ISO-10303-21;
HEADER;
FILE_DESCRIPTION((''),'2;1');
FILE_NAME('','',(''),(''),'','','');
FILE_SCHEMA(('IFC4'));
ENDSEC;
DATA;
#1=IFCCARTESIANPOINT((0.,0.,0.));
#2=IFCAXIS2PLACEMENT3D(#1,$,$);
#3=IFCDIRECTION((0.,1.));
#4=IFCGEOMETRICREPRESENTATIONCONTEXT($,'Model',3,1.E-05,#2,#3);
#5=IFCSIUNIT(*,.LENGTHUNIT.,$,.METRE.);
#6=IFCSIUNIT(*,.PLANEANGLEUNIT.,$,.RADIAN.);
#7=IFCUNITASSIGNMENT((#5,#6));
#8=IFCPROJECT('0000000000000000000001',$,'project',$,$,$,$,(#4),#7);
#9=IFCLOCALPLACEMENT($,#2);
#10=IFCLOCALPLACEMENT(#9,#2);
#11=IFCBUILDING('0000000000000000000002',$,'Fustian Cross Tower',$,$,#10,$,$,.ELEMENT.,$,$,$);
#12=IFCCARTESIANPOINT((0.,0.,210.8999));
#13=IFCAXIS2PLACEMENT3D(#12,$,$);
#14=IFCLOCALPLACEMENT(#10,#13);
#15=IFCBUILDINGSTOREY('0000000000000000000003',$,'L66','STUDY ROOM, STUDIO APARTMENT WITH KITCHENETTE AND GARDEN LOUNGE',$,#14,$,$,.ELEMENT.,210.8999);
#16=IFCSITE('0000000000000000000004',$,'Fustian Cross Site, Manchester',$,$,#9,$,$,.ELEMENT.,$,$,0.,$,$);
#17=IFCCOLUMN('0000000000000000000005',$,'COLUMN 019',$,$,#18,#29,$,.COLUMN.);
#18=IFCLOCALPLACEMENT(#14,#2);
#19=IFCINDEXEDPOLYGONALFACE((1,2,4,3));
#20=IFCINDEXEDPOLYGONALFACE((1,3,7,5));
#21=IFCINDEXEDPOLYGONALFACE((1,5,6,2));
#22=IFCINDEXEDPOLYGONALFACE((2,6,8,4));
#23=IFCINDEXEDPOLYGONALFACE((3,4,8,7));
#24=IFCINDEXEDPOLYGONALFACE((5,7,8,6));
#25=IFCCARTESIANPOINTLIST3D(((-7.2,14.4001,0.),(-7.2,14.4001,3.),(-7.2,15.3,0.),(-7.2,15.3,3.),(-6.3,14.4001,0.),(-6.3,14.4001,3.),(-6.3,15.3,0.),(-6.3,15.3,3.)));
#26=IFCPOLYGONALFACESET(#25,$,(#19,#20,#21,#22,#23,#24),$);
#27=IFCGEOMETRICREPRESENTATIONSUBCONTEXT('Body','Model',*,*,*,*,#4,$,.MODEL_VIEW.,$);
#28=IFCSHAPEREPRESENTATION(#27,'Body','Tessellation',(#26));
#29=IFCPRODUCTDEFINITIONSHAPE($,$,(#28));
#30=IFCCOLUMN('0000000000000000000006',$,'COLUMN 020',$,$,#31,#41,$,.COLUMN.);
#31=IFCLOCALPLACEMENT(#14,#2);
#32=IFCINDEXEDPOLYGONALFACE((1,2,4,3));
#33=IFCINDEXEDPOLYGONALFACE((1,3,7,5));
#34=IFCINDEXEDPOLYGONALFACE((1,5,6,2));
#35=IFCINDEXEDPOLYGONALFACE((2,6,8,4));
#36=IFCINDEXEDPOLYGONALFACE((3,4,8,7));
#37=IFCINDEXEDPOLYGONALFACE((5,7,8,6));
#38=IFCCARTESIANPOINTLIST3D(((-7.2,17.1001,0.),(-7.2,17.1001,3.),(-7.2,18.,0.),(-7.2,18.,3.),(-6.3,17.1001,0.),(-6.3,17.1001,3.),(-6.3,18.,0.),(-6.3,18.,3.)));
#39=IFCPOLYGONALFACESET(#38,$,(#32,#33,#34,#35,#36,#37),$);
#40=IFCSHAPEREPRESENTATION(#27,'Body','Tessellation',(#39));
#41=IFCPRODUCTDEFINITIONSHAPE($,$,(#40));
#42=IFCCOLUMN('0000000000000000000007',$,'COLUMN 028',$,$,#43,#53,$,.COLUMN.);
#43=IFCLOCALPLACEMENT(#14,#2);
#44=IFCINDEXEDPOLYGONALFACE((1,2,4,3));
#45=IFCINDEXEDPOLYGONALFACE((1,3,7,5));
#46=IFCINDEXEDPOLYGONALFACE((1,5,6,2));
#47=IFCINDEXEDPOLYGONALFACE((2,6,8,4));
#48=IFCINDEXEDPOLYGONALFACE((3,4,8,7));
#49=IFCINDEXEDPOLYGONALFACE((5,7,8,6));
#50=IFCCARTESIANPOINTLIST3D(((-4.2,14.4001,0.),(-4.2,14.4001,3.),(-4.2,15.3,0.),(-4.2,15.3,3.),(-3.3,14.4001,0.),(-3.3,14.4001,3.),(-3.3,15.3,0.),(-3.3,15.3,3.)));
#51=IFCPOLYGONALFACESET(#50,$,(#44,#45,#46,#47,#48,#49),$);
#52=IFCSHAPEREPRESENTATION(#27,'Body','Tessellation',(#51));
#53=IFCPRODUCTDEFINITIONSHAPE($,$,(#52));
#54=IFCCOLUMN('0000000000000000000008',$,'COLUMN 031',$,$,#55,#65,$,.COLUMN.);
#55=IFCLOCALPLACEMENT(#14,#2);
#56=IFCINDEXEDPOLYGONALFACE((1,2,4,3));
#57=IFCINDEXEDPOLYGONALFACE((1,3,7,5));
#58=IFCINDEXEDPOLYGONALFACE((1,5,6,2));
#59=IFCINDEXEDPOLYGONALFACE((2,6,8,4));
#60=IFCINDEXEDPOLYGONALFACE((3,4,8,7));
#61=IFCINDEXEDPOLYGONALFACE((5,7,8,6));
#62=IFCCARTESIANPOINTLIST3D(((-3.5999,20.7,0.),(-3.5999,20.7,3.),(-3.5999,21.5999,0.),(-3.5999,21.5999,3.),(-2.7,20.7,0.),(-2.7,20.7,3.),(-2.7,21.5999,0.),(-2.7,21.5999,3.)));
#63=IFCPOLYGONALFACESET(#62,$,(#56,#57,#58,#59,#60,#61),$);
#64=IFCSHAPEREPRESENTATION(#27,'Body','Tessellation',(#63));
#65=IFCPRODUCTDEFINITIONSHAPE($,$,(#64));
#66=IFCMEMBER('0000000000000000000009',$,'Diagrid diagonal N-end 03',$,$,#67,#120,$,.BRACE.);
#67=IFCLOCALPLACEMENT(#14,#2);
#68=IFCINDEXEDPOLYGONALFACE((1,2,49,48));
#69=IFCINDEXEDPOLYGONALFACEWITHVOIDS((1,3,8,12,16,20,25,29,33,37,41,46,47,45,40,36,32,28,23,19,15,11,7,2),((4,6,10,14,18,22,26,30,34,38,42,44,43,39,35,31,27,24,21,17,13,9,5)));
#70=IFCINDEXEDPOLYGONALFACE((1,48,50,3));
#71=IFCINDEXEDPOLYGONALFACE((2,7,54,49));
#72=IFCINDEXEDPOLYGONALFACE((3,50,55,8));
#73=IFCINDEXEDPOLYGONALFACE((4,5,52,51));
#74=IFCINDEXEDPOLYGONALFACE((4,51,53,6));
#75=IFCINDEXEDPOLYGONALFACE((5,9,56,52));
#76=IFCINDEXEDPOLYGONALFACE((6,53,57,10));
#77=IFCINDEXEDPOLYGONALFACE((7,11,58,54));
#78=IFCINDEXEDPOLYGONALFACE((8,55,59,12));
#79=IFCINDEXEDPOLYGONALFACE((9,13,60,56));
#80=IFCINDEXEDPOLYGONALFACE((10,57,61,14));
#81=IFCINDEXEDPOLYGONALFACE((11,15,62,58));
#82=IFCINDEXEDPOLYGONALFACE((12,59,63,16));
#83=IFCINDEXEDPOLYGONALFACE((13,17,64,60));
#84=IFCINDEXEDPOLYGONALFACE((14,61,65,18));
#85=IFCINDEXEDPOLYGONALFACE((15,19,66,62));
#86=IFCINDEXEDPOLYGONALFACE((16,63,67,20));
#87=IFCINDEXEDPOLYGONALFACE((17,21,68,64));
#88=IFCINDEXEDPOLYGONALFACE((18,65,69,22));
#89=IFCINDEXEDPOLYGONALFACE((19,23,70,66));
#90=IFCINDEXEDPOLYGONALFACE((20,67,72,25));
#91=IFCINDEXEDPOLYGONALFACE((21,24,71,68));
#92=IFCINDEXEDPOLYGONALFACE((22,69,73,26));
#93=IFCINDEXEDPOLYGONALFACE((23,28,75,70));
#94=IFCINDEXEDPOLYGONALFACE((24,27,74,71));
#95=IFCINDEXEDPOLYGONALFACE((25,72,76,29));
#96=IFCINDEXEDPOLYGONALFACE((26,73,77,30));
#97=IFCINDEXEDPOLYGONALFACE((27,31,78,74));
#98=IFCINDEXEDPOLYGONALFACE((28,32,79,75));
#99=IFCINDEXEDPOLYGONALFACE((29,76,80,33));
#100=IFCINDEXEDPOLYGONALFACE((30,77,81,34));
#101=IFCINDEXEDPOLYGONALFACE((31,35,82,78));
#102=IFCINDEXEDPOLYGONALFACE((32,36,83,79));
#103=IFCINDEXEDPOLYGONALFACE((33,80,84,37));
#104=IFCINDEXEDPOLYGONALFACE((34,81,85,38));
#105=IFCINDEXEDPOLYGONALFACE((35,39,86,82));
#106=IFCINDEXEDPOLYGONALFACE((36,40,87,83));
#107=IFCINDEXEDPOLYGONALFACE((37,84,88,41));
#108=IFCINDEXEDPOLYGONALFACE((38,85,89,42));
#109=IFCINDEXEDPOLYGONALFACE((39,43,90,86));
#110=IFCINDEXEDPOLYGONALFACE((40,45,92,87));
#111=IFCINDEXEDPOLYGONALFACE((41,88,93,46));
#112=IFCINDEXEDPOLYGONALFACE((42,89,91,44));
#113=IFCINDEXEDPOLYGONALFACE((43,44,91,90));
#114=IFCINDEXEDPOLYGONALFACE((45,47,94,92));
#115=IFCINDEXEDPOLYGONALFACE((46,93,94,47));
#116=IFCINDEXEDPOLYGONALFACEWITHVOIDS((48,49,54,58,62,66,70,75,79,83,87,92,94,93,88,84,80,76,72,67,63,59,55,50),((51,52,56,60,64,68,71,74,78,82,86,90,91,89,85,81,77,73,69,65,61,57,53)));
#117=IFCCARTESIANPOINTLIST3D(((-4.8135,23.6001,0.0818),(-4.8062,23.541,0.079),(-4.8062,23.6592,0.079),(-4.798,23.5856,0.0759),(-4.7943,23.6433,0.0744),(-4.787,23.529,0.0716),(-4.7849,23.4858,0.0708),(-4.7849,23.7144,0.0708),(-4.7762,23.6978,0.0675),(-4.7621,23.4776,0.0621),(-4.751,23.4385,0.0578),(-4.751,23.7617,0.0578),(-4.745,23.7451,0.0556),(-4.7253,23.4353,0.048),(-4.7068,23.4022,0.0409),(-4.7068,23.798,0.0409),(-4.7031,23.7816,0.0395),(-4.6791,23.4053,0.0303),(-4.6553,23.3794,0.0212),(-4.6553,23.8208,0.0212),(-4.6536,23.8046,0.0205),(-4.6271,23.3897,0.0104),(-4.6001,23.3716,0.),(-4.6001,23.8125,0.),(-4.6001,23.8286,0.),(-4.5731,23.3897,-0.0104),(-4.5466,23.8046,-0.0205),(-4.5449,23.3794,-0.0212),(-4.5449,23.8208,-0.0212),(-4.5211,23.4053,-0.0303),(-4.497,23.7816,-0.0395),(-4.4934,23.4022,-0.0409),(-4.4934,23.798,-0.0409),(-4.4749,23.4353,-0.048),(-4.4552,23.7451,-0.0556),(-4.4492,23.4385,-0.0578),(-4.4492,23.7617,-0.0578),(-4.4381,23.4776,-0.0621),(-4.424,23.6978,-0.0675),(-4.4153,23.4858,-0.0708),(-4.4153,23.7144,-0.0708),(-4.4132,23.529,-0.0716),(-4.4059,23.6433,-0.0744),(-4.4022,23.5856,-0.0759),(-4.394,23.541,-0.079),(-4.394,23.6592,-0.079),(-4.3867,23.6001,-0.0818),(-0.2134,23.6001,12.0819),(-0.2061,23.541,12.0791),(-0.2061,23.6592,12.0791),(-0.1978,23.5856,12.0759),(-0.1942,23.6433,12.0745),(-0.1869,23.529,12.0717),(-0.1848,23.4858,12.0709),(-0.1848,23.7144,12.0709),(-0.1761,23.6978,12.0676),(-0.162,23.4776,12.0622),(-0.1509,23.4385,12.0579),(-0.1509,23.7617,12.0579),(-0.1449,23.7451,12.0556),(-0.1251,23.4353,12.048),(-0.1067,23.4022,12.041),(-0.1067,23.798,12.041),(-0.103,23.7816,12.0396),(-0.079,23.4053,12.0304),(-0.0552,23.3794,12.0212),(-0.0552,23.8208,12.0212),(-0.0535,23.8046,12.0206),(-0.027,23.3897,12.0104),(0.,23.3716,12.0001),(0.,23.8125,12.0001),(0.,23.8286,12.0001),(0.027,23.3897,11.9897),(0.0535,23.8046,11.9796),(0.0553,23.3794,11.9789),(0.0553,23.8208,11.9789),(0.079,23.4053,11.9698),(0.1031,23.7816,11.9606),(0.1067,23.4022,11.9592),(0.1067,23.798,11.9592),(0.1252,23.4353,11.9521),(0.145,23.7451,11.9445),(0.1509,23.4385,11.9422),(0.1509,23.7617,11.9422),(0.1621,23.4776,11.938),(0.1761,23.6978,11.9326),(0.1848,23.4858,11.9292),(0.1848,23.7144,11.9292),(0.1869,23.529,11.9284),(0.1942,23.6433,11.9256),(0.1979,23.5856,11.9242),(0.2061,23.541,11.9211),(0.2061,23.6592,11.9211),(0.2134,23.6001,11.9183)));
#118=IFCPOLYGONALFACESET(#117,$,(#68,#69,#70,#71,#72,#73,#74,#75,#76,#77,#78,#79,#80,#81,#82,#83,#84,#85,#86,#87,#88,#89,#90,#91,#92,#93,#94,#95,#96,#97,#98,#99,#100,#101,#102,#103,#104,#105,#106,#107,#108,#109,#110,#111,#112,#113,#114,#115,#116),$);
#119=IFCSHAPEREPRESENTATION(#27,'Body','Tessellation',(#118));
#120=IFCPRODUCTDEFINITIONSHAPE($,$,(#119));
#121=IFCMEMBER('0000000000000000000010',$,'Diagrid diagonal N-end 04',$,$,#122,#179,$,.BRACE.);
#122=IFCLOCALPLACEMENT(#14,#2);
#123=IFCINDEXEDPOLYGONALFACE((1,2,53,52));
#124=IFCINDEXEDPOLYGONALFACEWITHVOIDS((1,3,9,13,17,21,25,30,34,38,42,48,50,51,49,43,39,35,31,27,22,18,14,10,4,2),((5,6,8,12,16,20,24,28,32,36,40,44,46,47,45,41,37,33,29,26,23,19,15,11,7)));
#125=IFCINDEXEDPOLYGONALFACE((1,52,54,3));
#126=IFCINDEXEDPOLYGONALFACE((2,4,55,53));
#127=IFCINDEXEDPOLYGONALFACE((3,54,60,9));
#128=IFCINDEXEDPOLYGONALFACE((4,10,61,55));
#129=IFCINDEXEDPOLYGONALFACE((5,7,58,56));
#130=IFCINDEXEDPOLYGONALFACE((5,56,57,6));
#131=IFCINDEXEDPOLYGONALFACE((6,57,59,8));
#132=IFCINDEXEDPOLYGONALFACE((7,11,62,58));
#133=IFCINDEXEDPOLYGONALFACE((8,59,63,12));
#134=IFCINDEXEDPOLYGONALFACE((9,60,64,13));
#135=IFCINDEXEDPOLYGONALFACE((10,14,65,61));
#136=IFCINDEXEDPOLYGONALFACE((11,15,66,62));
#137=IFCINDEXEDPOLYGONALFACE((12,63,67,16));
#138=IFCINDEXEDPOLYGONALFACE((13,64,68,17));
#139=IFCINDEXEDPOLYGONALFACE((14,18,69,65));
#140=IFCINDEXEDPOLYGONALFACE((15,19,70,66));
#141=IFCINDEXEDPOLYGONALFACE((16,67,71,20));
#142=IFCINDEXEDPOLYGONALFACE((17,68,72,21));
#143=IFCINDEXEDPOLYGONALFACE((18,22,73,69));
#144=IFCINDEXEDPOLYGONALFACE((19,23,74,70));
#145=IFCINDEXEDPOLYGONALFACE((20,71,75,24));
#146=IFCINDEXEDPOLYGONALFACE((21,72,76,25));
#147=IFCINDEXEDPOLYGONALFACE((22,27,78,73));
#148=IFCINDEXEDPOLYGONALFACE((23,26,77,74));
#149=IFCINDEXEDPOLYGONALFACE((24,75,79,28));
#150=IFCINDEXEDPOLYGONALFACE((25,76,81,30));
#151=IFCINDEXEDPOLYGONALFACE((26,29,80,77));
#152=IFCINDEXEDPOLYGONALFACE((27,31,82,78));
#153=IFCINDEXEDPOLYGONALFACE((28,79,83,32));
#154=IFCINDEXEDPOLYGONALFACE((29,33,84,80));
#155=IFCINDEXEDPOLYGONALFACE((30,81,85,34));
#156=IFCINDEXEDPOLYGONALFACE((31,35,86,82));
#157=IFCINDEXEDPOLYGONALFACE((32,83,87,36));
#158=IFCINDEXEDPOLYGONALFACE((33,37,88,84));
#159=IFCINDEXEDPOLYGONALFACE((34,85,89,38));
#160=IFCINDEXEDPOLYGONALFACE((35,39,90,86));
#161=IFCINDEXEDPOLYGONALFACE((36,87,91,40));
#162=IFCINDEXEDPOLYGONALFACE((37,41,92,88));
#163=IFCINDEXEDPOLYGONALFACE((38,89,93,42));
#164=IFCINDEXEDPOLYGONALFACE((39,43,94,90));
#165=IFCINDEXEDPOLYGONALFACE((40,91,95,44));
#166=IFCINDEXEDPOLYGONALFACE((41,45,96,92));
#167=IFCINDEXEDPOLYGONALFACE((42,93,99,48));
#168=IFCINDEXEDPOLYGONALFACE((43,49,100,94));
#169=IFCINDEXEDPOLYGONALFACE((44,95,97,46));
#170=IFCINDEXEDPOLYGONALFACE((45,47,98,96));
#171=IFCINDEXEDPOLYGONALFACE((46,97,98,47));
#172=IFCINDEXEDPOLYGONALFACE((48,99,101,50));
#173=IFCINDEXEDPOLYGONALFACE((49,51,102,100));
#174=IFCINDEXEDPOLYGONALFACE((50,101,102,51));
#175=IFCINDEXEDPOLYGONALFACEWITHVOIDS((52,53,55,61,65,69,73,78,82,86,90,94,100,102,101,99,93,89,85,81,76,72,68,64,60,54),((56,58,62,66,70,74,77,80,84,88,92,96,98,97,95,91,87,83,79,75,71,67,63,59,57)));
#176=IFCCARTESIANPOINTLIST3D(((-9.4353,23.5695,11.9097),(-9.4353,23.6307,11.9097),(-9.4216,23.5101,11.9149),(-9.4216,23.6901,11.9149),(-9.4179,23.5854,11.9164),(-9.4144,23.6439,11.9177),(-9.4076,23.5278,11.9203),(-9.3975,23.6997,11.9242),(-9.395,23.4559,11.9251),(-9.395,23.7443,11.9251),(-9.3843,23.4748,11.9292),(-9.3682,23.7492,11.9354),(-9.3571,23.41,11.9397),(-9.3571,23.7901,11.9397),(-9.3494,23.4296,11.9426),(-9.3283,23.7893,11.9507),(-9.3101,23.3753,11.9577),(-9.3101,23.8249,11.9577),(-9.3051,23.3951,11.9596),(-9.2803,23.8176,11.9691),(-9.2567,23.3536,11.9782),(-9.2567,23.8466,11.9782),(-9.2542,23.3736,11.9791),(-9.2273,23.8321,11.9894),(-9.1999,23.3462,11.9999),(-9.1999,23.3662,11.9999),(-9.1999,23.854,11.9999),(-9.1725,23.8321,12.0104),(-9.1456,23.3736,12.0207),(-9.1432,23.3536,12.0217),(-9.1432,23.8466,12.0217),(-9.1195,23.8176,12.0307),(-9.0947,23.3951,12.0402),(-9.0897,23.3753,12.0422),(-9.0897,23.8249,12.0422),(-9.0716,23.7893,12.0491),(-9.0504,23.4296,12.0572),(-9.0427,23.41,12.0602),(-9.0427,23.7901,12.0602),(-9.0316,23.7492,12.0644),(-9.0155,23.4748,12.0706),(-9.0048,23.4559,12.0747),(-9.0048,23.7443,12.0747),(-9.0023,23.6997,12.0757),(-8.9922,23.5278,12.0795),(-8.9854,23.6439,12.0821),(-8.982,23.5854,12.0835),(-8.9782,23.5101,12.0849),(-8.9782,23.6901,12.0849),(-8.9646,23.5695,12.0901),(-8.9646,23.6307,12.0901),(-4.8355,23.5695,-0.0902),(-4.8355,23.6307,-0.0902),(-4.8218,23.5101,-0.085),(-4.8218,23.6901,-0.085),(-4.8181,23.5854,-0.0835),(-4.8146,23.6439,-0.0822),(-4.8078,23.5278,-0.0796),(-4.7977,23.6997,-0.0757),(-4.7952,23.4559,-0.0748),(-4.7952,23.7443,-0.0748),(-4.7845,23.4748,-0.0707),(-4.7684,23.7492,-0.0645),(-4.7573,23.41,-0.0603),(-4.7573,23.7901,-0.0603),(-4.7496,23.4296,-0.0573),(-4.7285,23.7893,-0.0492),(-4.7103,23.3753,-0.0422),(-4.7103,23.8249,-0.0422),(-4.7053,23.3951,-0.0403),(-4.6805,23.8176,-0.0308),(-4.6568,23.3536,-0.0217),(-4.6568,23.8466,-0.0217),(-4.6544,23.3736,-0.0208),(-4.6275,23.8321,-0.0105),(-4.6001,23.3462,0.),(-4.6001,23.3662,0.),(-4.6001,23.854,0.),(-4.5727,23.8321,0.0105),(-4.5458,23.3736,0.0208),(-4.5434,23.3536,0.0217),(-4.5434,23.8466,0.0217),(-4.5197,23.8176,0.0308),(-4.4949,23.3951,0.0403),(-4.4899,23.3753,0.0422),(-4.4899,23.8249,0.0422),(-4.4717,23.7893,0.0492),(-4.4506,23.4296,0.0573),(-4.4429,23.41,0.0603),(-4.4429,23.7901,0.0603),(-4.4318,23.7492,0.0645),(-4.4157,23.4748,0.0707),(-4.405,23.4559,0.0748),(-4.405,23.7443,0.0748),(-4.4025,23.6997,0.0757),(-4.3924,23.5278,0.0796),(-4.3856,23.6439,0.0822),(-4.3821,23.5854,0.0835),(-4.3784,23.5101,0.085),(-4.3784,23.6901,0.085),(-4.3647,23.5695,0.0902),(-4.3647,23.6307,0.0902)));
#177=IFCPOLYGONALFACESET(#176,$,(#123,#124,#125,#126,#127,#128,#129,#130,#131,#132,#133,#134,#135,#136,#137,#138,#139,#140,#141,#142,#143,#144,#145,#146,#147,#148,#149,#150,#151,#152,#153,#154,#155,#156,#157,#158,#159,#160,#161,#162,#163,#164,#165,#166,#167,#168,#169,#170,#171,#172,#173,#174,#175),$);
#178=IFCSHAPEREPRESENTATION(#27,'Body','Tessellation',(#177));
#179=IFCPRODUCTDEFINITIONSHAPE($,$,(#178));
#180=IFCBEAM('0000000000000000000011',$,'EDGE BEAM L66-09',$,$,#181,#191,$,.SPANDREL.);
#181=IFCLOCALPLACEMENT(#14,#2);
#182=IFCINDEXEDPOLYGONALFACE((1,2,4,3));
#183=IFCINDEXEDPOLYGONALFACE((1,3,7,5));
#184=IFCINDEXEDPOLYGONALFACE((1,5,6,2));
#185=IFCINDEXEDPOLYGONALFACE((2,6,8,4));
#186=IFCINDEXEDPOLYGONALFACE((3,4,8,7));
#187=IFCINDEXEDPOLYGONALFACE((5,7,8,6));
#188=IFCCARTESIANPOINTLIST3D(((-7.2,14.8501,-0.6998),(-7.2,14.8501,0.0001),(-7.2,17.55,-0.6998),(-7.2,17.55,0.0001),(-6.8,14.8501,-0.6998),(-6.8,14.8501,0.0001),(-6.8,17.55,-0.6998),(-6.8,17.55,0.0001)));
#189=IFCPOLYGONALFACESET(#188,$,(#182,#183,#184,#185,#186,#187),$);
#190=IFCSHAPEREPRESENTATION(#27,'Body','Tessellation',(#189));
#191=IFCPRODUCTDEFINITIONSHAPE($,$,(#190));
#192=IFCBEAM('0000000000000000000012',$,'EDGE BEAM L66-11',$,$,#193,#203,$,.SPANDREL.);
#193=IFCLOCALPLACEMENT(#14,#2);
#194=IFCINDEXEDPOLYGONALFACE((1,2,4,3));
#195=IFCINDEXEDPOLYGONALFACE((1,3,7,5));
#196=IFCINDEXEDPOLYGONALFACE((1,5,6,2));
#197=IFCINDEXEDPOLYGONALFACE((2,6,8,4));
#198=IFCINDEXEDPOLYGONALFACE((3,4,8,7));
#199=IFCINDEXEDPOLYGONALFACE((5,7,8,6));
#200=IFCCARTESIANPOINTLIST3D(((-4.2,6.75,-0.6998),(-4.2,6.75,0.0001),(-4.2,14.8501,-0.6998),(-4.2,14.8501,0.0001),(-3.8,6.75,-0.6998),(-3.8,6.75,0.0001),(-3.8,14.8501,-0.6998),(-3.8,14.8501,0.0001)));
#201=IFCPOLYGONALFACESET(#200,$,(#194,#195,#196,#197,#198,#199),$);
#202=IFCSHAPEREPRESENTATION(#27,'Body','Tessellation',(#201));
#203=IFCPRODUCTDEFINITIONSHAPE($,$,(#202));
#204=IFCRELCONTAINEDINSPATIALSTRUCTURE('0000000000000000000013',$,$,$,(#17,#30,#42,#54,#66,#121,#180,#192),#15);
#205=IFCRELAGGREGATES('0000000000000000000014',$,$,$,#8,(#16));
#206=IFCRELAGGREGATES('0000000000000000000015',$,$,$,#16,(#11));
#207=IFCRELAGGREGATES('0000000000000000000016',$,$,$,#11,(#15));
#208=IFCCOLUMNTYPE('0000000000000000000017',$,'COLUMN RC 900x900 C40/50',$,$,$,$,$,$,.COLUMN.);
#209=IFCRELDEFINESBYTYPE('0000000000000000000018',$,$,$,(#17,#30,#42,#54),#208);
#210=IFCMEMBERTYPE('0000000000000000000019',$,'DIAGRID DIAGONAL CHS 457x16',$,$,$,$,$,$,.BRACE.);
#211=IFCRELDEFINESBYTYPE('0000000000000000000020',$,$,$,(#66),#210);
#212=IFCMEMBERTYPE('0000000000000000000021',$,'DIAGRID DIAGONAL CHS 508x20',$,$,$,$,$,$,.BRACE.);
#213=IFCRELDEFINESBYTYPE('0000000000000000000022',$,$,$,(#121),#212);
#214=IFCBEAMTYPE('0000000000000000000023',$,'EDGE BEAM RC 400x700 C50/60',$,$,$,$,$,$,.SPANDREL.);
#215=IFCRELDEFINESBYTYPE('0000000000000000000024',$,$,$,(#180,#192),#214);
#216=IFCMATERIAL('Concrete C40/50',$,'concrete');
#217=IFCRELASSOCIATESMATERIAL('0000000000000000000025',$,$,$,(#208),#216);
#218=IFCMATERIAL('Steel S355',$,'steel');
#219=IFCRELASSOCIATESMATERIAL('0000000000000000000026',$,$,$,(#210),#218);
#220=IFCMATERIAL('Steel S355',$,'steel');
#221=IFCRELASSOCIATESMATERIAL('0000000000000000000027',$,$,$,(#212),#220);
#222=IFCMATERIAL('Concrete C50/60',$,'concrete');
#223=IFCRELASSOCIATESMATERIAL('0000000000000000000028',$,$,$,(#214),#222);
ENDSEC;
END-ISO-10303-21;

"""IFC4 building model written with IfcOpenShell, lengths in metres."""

from ifc_helpers import new_model, si_unit, direction, frame, origin, origin_2d, place, context, subcontext, project, spatial, rectangle, hollow_circle, extrude, material, material_profile, profile_set, type_object, element, save


model = new_model("IFC4")

# Units and contexts
model_context = context("Model", 3, precision=1e-05, world=origin(), true_north=direction((0.0, 1.0)))
body_context = subcontext(model_context, "Body", "Model", "MODEL_VIEW")
ifc_project = project(units=[si_unit("LENGTHUNIT", "METRE"), si_unit("PLANEANGLEUNIT", "RADIAN")], contexts=[model_context])

# Site, building, storey
site_placement = place(None, origin())
site = spatial("IfcSite", under=ifc_project, at=site_placement, Name="Fustian Cross Site, Manchester", CompositionType="ELEMENT", RefElevation=0.0)
building_placement = place(site_placement, origin())
building = spatial("IfcBuilding", under=site, at=building_placement, Name="Fustian Cross Tower", CompositionType="ELEMENT")
storey_placement = place(building_placement, frame((0.0, 0.0, 210.8999)))
storey = spatial("IfcBuildingStorey", under=building, at=storey_placement, Name="L66", Description="STUDY ROOM, STUDIO APARTMENT WITH KITCHENETTE AND GARDEN LOUNGE", CompositionType="ELEMENT", Elevation=210.8999)

# Columns
ifc_material_1 = material(Name="Concrete C40/50", Category="concrete")
ifc_material_profile_1 = material_profile(ifc_material_1, rectangle(XDim=0.8999, YDim=0.8999, at=origin_2d()), Name="RC 900x900")
ifc_profile_set_1 = profile_set([ifc_material_profile_1], Name="Concrete C40/50")
column_type = type_object("IfcColumnType", Name="COLUMN RC 900x900 C40/50", PredefinedType="COLUMN", material=ifc_profile_set_1)
for number, where, z_axis, x_axis, name in (
    (1, (-6.75, 14.8501, 0.0), (0.0, 0.0, 1.0), (1.0, 0.0, 0.0), "COLUMN 019"),
    (2, (-6.75, 17.55, 0.0), (0.0, 0.0, 1.0), (1.0, 0.0, 0.0), "COLUMN 020"),
    (3, (-3.75, 14.8501, 0.0), (0.0, 0.0, 1.0), (1.0, 0.0, 0.0), "COLUMN 028"),
    (4, (-3.1499, 21.1499, 0.0), (0.0, 0.0, 1.0), (1.0, 0.0, 0.0), "COLUMN 031"),
):
    element("IfcColumn", number, at=place(storey_placement, frame(where, z_axis=z_axis, x_axis=x_axis)), inside=storey, type_object=column_type, Name=name, PredefinedType="COLUMN", context=body_context, shape_type="SweptSolid", body=[
        extrude(rectangle(XDim=0.8999, YDim=0.8999, at=origin_2d()), origin(), (0.0, 0.0, 1.0), 3.0),
    ])

# Members
ifc_material_2 = material(Name="Steel S355", Category="steel")
ifc_material_profile_2 = material_profile(ifc_material_2, hollow_circle(Radius=0.2285, WallThickness=0.0161, at=origin_2d()), Name="CHS 457x16")
ifc_profile_set_2 = profile_set([ifc_material_profile_2], Name="Steel S355")
member_type_1 = type_object("IfcMemberType", Name="DIAGRID DIAGONAL CHS 457x16", PredefinedType="BRACE", material=ifc_profile_set_2)
member_1_placement = place(storey_placement, frame((-4.6001, 23.6001, 0.0), z_axis=(0.357943, 0.0, 0.933744), x_axis=(0.0, 1.0, 0.0)))
element("IfcMember", 5, at=member_1_placement, inside=storey, type_object=member_type_1, Name="Diagrid diagonal N-end 03", PredefinedType="BRACE", context=body_context, shape_type="SweptSolid", body=[
    extrude(hollow_circle(Radius=0.2285, WallThickness=0.0161, at=origin_2d()), origin(), (0.0, 0.0, 1.0), 12.8516),
])
ifc_material_3 = material(Name="Steel S355", Category="steel")
ifc_material_profile_3 = material_profile(ifc_material_3, hollow_circle(Radius=0.2539, WallThickness=0.02, at=origin_2d()), Name="CHS 508x20")
ifc_profile_set_3 = profile_set([ifc_material_profile_3], Name="Steel S355")
member_type_2 = type_object("IfcMemberType", Name="DIAGRID DIAGONAL CHS 508x20", PredefinedType="BRACE", material=ifc_profile_set_3)
member_2_placement = place(storey_placement, frame((-4.6001, 23.6001, 0.0), z_axis=(-0.357926, 0.0, 0.93375), x_axis=(0.0, -1.0, 0.0)))
element("IfcMember", 6, at=member_2_placement, inside=storey, type_object=member_type_2, Name="Diagrid diagonal N-end 04", PredefinedType="BRACE", context=body_context, shape_type="SweptSolid", body=[
    extrude(hollow_circle(Radius=0.2539, WallThickness=0.02, at=origin_2d()), origin(), (0.0, 0.0, 1.0), 12.8513),
])

# Beams
ifc_material_4 = material(Name="Concrete C50/60", Category="concrete")
ifc_material_profile_4 = material_profile(ifc_material_4, rectangle(XDim=0.3999, YDim=0.7, at=origin_2d()), Name="RC 400x700")
ifc_profile_set_4 = profile_set([ifc_material_profile_4], Name="Concrete C50/60")
beam_type = type_object("IfcBeamType", Name="EDGE BEAM RC 400x700 C50/60", PredefinedType="SPANDREL", material=ifc_profile_set_4)
beam_1_placement = place(storey_placement, frame((-7.0, 17.55, -0.3499), z_axis=(0.0, -1.0, 0.0), x_axis=(1.0, 0.0, 0.0)))
element("IfcBeam", 7, at=beam_1_placement, inside=storey, type_object=beam_type, Name="EDGE BEAM L66-09", PredefinedType="SPANDREL", context=body_context, shape_type="SweptSolid", body=[
    extrude(rectangle(XDim=0.3999, YDim=0.7, at=origin_2d()), origin(), (0.0, 0.0, 1.0), 2.7),
])
beam_2_placement = place(storey_placement, frame((-4.0, 14.8501, -0.3499), z_axis=(0.0, -1.0, 0.0), x_axis=(1.0, 0.0, 0.0)))
element("IfcBeam", 8, at=beam_2_placement, inside=storey, type_object=beam_type, Name="EDGE BEAM L66-11", PredefinedType="SPANDREL", context=body_context, shape_type="SweptSolid", body=[
    extrude(rectangle(XDim=0.3999, YDim=0.7, at=origin_2d()), origin(), (0.0, 0.0, 1.0), 8.1001),
])

save(model, "model.ifc")
